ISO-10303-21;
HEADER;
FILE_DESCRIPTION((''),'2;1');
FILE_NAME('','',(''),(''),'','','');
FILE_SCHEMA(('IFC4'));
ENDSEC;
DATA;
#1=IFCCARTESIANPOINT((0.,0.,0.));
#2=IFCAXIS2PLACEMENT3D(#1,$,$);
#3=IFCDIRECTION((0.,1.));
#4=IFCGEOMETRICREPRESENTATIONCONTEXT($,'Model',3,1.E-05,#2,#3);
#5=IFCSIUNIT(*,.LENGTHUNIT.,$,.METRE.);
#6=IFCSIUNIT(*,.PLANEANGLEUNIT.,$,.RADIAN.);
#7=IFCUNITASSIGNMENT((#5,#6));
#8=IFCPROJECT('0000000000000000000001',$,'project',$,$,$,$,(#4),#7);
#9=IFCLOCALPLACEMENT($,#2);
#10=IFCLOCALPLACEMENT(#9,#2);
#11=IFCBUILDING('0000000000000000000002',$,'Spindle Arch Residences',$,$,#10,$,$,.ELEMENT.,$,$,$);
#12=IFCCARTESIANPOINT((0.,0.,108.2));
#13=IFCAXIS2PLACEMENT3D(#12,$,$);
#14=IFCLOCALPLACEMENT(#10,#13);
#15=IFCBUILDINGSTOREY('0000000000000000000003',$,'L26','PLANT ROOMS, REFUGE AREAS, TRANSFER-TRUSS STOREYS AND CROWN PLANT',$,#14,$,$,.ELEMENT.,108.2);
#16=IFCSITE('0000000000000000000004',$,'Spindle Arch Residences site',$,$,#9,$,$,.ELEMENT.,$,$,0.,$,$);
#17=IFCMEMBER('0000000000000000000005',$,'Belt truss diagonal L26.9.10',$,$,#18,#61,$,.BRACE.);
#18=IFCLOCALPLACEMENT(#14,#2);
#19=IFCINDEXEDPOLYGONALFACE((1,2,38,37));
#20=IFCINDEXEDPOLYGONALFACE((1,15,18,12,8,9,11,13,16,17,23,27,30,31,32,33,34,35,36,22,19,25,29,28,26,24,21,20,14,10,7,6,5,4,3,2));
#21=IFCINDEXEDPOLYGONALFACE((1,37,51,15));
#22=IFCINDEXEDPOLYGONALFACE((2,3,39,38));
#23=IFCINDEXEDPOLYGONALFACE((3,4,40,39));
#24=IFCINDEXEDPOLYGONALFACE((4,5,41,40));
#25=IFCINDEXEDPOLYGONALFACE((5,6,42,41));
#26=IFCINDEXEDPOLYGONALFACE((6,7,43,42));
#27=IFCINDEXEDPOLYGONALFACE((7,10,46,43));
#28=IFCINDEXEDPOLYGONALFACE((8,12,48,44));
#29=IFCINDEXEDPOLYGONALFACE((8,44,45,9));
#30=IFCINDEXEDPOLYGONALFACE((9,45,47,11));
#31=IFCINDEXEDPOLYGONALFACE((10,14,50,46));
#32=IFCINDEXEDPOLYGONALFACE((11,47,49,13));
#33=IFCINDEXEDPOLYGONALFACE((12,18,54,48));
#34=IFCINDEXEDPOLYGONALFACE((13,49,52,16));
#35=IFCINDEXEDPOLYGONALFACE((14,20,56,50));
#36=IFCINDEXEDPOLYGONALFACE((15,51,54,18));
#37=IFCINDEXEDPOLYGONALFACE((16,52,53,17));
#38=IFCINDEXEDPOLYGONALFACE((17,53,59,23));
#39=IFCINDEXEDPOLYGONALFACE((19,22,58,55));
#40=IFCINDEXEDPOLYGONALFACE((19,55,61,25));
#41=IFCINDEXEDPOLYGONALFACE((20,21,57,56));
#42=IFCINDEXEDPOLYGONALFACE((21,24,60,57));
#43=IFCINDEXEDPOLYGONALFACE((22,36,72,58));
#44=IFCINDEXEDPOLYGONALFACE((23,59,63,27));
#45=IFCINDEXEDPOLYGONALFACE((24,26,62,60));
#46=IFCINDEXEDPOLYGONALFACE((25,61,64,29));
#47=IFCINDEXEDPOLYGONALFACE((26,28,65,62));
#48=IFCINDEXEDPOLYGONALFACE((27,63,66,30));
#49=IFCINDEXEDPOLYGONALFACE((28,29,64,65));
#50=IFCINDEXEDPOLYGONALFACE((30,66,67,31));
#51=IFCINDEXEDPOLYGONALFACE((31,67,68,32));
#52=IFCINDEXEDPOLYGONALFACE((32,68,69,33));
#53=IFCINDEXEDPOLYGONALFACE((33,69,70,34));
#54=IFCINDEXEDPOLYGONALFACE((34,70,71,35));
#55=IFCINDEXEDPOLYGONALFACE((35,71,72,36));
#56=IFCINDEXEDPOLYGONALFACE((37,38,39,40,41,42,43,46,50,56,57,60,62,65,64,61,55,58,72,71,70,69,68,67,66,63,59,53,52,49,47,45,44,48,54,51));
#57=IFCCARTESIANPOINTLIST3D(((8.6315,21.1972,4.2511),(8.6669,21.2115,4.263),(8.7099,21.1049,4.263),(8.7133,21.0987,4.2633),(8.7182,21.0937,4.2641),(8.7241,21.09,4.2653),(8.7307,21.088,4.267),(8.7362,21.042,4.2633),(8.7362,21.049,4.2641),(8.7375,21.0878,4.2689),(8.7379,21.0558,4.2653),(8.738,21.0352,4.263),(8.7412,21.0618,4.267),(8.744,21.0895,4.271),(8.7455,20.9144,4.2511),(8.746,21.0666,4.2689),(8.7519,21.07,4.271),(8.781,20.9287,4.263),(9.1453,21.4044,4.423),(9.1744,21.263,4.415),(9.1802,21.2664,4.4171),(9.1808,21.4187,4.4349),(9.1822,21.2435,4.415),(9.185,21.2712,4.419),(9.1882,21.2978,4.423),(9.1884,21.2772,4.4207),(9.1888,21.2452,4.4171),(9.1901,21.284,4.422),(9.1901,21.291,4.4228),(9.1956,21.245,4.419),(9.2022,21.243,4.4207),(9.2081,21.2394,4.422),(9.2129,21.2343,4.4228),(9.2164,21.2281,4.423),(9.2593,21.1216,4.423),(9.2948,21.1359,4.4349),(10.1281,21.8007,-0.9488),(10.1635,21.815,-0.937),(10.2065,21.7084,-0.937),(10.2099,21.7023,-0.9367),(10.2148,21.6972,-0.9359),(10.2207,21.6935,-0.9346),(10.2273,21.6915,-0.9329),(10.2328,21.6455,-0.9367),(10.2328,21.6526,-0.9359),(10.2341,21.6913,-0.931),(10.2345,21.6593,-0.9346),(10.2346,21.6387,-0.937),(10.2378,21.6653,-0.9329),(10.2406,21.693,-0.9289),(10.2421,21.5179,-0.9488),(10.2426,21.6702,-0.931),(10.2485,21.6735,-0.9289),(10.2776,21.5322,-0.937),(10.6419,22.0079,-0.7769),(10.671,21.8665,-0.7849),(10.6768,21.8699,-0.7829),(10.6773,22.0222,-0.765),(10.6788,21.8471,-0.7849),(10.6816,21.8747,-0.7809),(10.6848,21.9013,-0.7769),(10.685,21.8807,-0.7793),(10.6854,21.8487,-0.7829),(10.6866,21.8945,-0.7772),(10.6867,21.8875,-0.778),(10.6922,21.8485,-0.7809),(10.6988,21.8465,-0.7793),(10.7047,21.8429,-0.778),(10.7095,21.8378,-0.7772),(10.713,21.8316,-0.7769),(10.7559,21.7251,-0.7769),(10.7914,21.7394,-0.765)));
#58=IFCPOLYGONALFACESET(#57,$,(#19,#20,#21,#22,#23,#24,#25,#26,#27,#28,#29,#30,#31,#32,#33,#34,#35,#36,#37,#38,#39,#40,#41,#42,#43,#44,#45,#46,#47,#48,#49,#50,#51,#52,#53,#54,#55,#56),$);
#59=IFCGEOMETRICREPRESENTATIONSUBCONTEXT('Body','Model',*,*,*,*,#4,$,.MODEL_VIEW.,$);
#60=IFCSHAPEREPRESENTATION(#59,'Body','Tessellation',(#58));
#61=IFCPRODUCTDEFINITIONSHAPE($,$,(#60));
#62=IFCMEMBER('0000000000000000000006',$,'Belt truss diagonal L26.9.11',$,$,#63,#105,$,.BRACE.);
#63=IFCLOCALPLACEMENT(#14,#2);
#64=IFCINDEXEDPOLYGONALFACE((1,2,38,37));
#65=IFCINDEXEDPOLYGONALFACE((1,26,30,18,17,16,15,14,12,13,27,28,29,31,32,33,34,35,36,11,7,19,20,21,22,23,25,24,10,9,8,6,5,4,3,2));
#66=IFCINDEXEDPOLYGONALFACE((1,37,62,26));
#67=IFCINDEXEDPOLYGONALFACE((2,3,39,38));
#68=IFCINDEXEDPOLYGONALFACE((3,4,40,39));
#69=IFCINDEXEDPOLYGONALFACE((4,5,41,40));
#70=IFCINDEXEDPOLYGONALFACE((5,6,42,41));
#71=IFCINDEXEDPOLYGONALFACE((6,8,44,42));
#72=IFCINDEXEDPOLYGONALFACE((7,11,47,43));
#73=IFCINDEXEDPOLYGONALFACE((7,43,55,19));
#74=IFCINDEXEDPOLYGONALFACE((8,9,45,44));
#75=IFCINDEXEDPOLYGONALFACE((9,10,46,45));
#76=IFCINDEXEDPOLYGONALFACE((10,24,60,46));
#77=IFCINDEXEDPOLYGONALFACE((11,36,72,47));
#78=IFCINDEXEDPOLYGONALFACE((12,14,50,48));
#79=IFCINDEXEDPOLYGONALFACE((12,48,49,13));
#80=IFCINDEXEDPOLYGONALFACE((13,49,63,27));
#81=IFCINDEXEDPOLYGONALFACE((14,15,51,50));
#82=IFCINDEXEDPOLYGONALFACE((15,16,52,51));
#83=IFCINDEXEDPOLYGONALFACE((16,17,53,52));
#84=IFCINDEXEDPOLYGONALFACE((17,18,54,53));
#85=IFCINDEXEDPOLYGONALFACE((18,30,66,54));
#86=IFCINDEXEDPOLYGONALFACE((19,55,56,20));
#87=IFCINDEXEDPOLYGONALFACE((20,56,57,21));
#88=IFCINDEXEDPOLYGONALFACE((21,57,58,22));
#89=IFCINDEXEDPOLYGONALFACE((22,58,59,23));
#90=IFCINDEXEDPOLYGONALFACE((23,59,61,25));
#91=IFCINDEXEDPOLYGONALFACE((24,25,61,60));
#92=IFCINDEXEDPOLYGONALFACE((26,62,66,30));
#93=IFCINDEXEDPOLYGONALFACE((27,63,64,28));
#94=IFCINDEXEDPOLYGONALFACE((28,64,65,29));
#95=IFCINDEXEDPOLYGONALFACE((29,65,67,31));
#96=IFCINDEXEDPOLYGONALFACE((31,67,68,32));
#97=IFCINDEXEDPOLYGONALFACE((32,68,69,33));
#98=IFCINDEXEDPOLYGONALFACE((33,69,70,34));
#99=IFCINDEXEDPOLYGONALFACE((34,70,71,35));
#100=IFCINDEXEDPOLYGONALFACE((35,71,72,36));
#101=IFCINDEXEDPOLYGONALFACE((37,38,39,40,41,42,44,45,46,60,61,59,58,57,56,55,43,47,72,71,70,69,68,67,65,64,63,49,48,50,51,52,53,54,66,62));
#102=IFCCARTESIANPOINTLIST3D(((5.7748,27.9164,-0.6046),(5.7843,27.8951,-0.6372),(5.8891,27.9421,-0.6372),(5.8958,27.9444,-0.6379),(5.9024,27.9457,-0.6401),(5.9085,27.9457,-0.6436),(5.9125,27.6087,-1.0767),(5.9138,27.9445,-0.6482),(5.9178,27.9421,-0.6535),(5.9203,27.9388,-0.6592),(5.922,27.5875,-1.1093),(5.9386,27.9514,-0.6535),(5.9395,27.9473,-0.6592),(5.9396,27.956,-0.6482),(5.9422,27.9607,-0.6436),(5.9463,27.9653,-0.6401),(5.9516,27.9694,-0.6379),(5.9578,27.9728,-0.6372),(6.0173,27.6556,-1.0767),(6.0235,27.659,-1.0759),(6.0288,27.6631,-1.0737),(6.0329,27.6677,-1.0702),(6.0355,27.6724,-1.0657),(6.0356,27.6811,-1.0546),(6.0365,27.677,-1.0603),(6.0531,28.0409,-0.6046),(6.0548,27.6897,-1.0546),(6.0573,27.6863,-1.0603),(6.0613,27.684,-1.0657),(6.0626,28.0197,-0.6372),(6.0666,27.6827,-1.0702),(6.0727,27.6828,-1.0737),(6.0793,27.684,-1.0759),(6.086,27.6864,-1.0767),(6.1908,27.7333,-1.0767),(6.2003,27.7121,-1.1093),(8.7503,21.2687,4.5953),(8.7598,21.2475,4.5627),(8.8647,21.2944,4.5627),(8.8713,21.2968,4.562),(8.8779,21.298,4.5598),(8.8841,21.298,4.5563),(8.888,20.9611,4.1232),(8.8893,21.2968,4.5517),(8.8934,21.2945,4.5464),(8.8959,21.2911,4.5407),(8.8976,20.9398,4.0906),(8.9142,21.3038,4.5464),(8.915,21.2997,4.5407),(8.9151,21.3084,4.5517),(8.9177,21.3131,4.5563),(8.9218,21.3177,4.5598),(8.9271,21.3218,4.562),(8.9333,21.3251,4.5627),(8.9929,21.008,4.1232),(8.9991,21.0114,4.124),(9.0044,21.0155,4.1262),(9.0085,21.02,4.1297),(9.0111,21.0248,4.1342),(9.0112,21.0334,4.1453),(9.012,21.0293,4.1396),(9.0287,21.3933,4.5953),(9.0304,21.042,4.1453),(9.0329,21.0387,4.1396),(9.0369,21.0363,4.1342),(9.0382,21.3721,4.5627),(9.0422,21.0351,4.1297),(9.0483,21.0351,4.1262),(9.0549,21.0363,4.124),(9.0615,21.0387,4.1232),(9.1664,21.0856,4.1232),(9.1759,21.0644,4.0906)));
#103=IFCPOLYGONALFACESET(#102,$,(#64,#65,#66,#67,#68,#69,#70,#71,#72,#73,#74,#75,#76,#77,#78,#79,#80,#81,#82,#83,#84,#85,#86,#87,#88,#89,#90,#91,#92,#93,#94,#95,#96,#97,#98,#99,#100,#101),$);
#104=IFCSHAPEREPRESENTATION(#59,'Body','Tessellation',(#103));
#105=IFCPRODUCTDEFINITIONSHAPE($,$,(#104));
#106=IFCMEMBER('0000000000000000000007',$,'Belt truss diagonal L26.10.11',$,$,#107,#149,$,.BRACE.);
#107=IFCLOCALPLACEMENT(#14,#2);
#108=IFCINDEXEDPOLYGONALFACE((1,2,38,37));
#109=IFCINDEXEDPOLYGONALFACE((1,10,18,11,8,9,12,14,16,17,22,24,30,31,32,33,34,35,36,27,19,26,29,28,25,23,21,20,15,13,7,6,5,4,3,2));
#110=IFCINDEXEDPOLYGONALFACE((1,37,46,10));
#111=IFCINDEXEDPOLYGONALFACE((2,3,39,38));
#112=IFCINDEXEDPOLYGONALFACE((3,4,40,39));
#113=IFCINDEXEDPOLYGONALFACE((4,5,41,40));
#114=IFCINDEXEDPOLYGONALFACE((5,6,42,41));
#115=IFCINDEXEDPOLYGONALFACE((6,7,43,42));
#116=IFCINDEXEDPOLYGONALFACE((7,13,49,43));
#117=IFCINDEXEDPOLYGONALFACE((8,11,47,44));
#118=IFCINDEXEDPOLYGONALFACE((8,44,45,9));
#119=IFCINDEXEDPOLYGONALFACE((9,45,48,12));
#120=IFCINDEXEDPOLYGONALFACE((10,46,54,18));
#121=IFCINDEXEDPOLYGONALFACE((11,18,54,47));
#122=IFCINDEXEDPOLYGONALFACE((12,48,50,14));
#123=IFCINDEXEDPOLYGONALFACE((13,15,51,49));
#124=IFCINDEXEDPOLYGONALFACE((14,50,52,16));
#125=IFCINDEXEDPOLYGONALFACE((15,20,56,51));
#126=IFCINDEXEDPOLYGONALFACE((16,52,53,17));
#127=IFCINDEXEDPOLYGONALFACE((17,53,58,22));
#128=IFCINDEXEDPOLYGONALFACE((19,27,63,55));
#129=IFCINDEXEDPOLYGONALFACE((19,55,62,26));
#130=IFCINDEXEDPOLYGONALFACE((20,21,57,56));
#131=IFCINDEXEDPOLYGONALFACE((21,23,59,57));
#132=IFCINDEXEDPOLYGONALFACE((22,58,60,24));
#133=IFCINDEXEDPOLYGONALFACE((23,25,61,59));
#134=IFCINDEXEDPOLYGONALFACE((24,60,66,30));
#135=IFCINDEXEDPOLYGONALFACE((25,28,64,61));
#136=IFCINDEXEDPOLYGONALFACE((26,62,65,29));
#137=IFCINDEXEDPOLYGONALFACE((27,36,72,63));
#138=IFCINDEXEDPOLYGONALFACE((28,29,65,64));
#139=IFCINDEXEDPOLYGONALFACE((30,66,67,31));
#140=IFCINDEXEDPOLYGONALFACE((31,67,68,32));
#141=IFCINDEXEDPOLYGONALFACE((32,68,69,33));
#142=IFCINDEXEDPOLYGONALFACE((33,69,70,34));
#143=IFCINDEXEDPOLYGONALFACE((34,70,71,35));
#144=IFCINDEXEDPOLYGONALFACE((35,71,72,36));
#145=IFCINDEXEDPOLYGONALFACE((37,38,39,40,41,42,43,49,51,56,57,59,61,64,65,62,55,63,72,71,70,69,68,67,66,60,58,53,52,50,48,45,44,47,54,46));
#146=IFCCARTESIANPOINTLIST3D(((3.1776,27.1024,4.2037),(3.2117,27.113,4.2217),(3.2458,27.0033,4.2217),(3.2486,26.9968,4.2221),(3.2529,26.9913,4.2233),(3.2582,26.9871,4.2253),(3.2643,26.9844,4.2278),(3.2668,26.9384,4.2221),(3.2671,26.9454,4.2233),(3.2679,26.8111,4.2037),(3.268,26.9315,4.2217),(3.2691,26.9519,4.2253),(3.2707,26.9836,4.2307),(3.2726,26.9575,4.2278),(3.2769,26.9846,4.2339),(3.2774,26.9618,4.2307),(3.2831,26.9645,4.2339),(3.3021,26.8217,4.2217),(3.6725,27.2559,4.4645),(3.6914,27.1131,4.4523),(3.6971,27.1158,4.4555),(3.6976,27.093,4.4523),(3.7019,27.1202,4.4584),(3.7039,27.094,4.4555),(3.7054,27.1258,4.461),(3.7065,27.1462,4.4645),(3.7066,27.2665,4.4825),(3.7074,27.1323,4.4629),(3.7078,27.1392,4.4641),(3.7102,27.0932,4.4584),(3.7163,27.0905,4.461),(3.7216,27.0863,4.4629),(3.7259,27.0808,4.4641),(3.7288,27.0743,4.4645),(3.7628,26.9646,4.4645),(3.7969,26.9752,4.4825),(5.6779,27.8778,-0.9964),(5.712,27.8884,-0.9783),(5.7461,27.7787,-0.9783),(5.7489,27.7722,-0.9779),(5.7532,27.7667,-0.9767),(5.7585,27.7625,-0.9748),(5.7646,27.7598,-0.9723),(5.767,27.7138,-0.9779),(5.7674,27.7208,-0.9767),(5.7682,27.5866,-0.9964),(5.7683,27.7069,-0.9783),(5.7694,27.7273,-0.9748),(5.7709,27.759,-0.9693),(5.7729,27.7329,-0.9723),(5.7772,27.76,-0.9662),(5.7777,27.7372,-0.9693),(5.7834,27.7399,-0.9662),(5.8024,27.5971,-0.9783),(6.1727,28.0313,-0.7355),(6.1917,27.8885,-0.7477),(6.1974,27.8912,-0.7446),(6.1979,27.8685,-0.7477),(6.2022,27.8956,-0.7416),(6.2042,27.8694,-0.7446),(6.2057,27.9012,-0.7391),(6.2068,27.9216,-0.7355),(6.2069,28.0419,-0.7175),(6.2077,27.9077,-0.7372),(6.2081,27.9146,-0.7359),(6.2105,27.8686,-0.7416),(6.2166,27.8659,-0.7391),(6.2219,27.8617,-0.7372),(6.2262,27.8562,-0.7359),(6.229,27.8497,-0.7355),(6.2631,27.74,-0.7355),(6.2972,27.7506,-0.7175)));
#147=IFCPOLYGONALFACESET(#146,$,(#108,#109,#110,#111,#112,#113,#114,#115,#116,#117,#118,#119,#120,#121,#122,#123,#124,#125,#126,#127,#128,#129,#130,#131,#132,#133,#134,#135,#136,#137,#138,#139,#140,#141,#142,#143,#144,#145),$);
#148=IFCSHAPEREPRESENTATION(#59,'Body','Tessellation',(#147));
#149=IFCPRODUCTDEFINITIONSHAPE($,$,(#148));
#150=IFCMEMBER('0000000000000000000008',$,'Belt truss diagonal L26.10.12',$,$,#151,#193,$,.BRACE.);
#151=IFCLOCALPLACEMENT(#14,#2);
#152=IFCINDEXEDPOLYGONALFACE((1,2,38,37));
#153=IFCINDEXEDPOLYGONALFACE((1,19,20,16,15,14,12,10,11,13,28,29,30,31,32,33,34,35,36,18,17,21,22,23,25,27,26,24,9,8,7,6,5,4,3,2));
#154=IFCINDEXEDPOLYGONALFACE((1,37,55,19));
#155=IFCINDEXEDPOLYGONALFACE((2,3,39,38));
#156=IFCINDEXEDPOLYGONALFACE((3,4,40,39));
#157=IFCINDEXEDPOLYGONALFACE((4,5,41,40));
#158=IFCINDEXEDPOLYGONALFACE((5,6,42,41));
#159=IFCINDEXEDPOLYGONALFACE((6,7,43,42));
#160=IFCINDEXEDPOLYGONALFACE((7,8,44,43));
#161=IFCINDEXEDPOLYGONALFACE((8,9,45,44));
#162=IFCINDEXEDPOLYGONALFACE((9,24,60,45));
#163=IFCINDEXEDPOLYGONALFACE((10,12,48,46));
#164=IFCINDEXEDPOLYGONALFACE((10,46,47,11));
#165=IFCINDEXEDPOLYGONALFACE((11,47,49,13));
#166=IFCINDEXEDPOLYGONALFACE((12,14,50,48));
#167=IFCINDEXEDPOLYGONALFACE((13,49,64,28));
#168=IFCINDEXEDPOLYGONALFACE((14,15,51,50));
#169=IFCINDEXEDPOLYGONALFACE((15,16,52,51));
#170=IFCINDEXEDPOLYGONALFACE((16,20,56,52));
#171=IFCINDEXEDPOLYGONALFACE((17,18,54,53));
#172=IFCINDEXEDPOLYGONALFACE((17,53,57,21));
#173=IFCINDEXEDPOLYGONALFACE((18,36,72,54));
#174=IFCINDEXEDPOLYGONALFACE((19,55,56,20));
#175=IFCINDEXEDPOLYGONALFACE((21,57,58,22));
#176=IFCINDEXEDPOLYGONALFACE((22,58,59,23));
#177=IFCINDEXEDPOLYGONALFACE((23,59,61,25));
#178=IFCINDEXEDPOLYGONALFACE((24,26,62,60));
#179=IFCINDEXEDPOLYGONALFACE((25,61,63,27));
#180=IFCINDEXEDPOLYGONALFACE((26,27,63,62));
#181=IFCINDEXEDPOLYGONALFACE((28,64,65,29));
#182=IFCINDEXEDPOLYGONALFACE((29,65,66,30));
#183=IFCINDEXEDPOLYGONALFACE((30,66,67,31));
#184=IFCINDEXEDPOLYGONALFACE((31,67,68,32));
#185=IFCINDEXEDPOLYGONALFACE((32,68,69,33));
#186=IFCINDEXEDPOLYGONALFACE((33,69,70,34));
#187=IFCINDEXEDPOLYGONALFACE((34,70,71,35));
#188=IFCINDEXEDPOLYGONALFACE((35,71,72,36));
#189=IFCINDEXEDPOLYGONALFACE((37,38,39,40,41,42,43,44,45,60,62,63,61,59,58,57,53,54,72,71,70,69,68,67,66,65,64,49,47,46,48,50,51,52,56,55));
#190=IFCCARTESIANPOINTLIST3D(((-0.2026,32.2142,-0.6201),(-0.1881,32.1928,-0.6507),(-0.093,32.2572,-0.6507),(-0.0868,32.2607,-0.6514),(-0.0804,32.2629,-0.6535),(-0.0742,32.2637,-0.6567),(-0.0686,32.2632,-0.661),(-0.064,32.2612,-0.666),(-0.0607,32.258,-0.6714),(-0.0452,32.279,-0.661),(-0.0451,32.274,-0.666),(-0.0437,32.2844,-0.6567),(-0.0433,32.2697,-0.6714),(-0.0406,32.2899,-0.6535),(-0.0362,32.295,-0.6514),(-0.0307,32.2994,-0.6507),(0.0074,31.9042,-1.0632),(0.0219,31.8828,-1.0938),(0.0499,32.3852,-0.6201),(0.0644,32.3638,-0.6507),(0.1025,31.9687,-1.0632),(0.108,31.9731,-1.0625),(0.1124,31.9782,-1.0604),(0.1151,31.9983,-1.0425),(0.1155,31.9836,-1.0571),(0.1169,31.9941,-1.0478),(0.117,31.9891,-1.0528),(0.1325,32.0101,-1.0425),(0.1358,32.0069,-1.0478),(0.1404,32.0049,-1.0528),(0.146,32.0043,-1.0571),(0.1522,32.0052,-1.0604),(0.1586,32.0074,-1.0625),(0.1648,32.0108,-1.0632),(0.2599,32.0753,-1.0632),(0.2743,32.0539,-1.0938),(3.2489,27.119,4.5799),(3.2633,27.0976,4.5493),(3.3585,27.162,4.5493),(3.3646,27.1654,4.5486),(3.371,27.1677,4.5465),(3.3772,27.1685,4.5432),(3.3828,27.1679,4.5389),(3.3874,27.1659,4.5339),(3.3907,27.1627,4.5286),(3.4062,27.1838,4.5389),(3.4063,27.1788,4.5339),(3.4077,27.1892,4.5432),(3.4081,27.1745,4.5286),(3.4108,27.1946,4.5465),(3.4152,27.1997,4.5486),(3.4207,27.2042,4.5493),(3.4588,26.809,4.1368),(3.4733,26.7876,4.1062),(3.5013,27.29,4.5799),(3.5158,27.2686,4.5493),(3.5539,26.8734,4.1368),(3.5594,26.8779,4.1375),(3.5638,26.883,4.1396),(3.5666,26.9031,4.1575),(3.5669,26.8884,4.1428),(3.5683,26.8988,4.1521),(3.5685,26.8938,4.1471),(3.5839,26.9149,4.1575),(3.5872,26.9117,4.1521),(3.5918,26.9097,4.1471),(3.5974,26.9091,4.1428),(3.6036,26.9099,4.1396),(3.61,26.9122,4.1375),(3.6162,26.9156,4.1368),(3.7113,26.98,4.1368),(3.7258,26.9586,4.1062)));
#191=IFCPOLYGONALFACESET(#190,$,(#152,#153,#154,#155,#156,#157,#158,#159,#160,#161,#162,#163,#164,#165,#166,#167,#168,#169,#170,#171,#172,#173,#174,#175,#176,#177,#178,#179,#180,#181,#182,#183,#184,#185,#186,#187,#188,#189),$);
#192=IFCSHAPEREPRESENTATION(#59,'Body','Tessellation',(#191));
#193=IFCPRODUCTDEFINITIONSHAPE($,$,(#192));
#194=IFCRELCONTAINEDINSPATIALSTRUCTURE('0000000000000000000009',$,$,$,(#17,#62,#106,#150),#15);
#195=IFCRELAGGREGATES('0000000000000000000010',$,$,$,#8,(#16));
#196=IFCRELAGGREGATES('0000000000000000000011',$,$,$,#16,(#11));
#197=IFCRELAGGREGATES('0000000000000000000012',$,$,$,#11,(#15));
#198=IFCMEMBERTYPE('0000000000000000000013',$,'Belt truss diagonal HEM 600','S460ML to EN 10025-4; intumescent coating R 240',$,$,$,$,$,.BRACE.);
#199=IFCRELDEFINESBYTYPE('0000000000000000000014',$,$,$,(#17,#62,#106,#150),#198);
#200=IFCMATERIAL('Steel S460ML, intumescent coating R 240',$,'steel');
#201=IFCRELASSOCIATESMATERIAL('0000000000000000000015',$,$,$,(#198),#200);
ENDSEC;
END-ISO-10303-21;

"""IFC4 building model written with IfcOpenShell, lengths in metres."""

from ifc_helpers import new_model, si_unit, direction, frame, origin, origin_2d, place, context, subcontext, project, spatial, i_section, extrude, material, material_profile, profile_set, type_object, element, save


model = new_model("IFC4")

# Units and contexts
model_context = context("Model", 3, precision=1e-05, world=origin(), true_north=direction((0.0, 1.0)))
body_context = subcontext(model_context, "Body", "Model", "MODEL_VIEW")
ifc_project = project(units=[si_unit("LENGTHUNIT", "METRE"), si_unit("PLANEANGLEUNIT", "RADIAN")], contexts=[model_context])

# Site, building, storey
site_placement = place(None, origin())
site = spatial("IfcSite", under=ifc_project, at=site_placement, Name="Spindle Arch Residences site", CompositionType="ELEMENT", RefElevation=0.0)
building_placement = place(site_placement, origin())
building = spatial("IfcBuilding", under=site, at=building_placement, Name="Spindle Arch Residences", CompositionType="ELEMENT")
storey_placement = place(building_placement, frame((0.0, 0.0, 108.2)))
storey = spatial("IfcBuildingStorey", under=building, at=storey_placement, Name="L26", Description="PLANT ROOMS, REFUGE AREAS, TRANSFER-TRUSS STOREYS AND CROWN PLANT", CompositionType="ELEMENT", Elevation=108.2)

# Members
ifc_material_1 = material(Name="Steel S460ML, intumescent coating R 240", Category="steel")
ifc_material_profile_1 = material_profile(ifc_material_1, i_section(OverallWidth=0.3049, OverallDepth=0.6201, WebThickness=0.021, FlangeThickness=0.04, FilletRadius=0.0271, at=origin_2d()), Name="HEM 600")
ifc_profile_set_1 = profile_set([ifc_material_profile_1], Name="Steel S460ML, intumescent coating R 240")
member_type_1 = type_object("IfcMemberType", Name="Belt truss diagonal HEM 600", Description="S460ML to EN 10025-4; intumescent coating R 240", PredefinedType="BRACE", material=ifc_profile_set_1)
member_1_placement = place(storey_placement, frame((10.4597, 21.77, -0.8569), z_axis=(-0.274875, -0.110847, 0.955069), x_axis=(0.373998, -0.92743, 0.0)))
element("IfcMember", 1, at=member_1_placement, inside=storey, type_object=member_type_1, Name="Belt truss diagonal L26.9.10", PredefinedType="BRACE", context=body_context, shape_type="SweptSolid", body=[
    extrude(i_section(OverallWidth=0.3049, OverallDepth=0.6201, WebThickness=0.021, FlangeThickness=0.04, FilletRadius=0.0271, at=origin_2d()), origin(), (0.0, 0.0, 1.0), 5.4446),
])
member_2_placement = place(storey_placement, frame((5.9875, 27.8142, -0.8569), z_axis=(0.332503, -0.742839, 0.581061), x_axis=(0.912736, 0.408551, 0.0)))
element("IfcMember", 2, at=member_2_placement, inside=storey, type_object=member_type_1, Name="Belt truss diagonal L26.9.11", PredefinedType="BRACE", context=body_context, shape_type="SweptSolid", body=[
    extrude(i_section(OverallWidth=0.3049, OverallDepth=0.6201, WebThickness=0.021, FlangeThickness=0.04, FilletRadius=0.0271, at=origin_2d()), origin(), (0.0, 0.0, 1.0), 8.949),
])
member_3_placement = place(storey_placement, frame((5.9875, 27.8142, -0.8569), z_axis=(-0.429471, -0.13319, 0.893205), x_axis=(0.296209, -0.955123, 0.0)))
element("IfcMember", 3, at=member_3_placement, inside=storey, type_object=member_type_1, Name="Belt truss diagonal L26.10.11", PredefinedType="BRACE", context=body_context, shape_type="SweptSolid", body=[
    extrude(i_section(OverallWidth=0.3049, OverallDepth=0.6201, WebThickness=0.021, FlangeThickness=0.04, FilletRadius=0.0271, at=origin_2d()), origin(), (0.0, 0.0, 1.0), 5.8218),
])
member_4_placement = place(storey_placement, frame((0.0359, 32.134, -0.8569), z_axis=(0.428382, -0.632407, 0.645407), x_axis=(0.827932, 0.560828, 0.0)))
element("IfcMember", 4, at=member_4_placement, inside=storey, type_object=member_type_1, Name="Belt truss diagonal L26.10.12", PredefinedType="BRACE", context=body_context, shape_type="SweptSolid", body=[
    extrude(i_section(OverallWidth=0.3049, OverallDepth=0.6201, WebThickness=0.021, FlangeThickness=0.04, FilletRadius=0.0271, at=origin_2d()), origin(), (0.0, 0.0, 1.0), 8.0569),
])

save(model, "model.ifc")
